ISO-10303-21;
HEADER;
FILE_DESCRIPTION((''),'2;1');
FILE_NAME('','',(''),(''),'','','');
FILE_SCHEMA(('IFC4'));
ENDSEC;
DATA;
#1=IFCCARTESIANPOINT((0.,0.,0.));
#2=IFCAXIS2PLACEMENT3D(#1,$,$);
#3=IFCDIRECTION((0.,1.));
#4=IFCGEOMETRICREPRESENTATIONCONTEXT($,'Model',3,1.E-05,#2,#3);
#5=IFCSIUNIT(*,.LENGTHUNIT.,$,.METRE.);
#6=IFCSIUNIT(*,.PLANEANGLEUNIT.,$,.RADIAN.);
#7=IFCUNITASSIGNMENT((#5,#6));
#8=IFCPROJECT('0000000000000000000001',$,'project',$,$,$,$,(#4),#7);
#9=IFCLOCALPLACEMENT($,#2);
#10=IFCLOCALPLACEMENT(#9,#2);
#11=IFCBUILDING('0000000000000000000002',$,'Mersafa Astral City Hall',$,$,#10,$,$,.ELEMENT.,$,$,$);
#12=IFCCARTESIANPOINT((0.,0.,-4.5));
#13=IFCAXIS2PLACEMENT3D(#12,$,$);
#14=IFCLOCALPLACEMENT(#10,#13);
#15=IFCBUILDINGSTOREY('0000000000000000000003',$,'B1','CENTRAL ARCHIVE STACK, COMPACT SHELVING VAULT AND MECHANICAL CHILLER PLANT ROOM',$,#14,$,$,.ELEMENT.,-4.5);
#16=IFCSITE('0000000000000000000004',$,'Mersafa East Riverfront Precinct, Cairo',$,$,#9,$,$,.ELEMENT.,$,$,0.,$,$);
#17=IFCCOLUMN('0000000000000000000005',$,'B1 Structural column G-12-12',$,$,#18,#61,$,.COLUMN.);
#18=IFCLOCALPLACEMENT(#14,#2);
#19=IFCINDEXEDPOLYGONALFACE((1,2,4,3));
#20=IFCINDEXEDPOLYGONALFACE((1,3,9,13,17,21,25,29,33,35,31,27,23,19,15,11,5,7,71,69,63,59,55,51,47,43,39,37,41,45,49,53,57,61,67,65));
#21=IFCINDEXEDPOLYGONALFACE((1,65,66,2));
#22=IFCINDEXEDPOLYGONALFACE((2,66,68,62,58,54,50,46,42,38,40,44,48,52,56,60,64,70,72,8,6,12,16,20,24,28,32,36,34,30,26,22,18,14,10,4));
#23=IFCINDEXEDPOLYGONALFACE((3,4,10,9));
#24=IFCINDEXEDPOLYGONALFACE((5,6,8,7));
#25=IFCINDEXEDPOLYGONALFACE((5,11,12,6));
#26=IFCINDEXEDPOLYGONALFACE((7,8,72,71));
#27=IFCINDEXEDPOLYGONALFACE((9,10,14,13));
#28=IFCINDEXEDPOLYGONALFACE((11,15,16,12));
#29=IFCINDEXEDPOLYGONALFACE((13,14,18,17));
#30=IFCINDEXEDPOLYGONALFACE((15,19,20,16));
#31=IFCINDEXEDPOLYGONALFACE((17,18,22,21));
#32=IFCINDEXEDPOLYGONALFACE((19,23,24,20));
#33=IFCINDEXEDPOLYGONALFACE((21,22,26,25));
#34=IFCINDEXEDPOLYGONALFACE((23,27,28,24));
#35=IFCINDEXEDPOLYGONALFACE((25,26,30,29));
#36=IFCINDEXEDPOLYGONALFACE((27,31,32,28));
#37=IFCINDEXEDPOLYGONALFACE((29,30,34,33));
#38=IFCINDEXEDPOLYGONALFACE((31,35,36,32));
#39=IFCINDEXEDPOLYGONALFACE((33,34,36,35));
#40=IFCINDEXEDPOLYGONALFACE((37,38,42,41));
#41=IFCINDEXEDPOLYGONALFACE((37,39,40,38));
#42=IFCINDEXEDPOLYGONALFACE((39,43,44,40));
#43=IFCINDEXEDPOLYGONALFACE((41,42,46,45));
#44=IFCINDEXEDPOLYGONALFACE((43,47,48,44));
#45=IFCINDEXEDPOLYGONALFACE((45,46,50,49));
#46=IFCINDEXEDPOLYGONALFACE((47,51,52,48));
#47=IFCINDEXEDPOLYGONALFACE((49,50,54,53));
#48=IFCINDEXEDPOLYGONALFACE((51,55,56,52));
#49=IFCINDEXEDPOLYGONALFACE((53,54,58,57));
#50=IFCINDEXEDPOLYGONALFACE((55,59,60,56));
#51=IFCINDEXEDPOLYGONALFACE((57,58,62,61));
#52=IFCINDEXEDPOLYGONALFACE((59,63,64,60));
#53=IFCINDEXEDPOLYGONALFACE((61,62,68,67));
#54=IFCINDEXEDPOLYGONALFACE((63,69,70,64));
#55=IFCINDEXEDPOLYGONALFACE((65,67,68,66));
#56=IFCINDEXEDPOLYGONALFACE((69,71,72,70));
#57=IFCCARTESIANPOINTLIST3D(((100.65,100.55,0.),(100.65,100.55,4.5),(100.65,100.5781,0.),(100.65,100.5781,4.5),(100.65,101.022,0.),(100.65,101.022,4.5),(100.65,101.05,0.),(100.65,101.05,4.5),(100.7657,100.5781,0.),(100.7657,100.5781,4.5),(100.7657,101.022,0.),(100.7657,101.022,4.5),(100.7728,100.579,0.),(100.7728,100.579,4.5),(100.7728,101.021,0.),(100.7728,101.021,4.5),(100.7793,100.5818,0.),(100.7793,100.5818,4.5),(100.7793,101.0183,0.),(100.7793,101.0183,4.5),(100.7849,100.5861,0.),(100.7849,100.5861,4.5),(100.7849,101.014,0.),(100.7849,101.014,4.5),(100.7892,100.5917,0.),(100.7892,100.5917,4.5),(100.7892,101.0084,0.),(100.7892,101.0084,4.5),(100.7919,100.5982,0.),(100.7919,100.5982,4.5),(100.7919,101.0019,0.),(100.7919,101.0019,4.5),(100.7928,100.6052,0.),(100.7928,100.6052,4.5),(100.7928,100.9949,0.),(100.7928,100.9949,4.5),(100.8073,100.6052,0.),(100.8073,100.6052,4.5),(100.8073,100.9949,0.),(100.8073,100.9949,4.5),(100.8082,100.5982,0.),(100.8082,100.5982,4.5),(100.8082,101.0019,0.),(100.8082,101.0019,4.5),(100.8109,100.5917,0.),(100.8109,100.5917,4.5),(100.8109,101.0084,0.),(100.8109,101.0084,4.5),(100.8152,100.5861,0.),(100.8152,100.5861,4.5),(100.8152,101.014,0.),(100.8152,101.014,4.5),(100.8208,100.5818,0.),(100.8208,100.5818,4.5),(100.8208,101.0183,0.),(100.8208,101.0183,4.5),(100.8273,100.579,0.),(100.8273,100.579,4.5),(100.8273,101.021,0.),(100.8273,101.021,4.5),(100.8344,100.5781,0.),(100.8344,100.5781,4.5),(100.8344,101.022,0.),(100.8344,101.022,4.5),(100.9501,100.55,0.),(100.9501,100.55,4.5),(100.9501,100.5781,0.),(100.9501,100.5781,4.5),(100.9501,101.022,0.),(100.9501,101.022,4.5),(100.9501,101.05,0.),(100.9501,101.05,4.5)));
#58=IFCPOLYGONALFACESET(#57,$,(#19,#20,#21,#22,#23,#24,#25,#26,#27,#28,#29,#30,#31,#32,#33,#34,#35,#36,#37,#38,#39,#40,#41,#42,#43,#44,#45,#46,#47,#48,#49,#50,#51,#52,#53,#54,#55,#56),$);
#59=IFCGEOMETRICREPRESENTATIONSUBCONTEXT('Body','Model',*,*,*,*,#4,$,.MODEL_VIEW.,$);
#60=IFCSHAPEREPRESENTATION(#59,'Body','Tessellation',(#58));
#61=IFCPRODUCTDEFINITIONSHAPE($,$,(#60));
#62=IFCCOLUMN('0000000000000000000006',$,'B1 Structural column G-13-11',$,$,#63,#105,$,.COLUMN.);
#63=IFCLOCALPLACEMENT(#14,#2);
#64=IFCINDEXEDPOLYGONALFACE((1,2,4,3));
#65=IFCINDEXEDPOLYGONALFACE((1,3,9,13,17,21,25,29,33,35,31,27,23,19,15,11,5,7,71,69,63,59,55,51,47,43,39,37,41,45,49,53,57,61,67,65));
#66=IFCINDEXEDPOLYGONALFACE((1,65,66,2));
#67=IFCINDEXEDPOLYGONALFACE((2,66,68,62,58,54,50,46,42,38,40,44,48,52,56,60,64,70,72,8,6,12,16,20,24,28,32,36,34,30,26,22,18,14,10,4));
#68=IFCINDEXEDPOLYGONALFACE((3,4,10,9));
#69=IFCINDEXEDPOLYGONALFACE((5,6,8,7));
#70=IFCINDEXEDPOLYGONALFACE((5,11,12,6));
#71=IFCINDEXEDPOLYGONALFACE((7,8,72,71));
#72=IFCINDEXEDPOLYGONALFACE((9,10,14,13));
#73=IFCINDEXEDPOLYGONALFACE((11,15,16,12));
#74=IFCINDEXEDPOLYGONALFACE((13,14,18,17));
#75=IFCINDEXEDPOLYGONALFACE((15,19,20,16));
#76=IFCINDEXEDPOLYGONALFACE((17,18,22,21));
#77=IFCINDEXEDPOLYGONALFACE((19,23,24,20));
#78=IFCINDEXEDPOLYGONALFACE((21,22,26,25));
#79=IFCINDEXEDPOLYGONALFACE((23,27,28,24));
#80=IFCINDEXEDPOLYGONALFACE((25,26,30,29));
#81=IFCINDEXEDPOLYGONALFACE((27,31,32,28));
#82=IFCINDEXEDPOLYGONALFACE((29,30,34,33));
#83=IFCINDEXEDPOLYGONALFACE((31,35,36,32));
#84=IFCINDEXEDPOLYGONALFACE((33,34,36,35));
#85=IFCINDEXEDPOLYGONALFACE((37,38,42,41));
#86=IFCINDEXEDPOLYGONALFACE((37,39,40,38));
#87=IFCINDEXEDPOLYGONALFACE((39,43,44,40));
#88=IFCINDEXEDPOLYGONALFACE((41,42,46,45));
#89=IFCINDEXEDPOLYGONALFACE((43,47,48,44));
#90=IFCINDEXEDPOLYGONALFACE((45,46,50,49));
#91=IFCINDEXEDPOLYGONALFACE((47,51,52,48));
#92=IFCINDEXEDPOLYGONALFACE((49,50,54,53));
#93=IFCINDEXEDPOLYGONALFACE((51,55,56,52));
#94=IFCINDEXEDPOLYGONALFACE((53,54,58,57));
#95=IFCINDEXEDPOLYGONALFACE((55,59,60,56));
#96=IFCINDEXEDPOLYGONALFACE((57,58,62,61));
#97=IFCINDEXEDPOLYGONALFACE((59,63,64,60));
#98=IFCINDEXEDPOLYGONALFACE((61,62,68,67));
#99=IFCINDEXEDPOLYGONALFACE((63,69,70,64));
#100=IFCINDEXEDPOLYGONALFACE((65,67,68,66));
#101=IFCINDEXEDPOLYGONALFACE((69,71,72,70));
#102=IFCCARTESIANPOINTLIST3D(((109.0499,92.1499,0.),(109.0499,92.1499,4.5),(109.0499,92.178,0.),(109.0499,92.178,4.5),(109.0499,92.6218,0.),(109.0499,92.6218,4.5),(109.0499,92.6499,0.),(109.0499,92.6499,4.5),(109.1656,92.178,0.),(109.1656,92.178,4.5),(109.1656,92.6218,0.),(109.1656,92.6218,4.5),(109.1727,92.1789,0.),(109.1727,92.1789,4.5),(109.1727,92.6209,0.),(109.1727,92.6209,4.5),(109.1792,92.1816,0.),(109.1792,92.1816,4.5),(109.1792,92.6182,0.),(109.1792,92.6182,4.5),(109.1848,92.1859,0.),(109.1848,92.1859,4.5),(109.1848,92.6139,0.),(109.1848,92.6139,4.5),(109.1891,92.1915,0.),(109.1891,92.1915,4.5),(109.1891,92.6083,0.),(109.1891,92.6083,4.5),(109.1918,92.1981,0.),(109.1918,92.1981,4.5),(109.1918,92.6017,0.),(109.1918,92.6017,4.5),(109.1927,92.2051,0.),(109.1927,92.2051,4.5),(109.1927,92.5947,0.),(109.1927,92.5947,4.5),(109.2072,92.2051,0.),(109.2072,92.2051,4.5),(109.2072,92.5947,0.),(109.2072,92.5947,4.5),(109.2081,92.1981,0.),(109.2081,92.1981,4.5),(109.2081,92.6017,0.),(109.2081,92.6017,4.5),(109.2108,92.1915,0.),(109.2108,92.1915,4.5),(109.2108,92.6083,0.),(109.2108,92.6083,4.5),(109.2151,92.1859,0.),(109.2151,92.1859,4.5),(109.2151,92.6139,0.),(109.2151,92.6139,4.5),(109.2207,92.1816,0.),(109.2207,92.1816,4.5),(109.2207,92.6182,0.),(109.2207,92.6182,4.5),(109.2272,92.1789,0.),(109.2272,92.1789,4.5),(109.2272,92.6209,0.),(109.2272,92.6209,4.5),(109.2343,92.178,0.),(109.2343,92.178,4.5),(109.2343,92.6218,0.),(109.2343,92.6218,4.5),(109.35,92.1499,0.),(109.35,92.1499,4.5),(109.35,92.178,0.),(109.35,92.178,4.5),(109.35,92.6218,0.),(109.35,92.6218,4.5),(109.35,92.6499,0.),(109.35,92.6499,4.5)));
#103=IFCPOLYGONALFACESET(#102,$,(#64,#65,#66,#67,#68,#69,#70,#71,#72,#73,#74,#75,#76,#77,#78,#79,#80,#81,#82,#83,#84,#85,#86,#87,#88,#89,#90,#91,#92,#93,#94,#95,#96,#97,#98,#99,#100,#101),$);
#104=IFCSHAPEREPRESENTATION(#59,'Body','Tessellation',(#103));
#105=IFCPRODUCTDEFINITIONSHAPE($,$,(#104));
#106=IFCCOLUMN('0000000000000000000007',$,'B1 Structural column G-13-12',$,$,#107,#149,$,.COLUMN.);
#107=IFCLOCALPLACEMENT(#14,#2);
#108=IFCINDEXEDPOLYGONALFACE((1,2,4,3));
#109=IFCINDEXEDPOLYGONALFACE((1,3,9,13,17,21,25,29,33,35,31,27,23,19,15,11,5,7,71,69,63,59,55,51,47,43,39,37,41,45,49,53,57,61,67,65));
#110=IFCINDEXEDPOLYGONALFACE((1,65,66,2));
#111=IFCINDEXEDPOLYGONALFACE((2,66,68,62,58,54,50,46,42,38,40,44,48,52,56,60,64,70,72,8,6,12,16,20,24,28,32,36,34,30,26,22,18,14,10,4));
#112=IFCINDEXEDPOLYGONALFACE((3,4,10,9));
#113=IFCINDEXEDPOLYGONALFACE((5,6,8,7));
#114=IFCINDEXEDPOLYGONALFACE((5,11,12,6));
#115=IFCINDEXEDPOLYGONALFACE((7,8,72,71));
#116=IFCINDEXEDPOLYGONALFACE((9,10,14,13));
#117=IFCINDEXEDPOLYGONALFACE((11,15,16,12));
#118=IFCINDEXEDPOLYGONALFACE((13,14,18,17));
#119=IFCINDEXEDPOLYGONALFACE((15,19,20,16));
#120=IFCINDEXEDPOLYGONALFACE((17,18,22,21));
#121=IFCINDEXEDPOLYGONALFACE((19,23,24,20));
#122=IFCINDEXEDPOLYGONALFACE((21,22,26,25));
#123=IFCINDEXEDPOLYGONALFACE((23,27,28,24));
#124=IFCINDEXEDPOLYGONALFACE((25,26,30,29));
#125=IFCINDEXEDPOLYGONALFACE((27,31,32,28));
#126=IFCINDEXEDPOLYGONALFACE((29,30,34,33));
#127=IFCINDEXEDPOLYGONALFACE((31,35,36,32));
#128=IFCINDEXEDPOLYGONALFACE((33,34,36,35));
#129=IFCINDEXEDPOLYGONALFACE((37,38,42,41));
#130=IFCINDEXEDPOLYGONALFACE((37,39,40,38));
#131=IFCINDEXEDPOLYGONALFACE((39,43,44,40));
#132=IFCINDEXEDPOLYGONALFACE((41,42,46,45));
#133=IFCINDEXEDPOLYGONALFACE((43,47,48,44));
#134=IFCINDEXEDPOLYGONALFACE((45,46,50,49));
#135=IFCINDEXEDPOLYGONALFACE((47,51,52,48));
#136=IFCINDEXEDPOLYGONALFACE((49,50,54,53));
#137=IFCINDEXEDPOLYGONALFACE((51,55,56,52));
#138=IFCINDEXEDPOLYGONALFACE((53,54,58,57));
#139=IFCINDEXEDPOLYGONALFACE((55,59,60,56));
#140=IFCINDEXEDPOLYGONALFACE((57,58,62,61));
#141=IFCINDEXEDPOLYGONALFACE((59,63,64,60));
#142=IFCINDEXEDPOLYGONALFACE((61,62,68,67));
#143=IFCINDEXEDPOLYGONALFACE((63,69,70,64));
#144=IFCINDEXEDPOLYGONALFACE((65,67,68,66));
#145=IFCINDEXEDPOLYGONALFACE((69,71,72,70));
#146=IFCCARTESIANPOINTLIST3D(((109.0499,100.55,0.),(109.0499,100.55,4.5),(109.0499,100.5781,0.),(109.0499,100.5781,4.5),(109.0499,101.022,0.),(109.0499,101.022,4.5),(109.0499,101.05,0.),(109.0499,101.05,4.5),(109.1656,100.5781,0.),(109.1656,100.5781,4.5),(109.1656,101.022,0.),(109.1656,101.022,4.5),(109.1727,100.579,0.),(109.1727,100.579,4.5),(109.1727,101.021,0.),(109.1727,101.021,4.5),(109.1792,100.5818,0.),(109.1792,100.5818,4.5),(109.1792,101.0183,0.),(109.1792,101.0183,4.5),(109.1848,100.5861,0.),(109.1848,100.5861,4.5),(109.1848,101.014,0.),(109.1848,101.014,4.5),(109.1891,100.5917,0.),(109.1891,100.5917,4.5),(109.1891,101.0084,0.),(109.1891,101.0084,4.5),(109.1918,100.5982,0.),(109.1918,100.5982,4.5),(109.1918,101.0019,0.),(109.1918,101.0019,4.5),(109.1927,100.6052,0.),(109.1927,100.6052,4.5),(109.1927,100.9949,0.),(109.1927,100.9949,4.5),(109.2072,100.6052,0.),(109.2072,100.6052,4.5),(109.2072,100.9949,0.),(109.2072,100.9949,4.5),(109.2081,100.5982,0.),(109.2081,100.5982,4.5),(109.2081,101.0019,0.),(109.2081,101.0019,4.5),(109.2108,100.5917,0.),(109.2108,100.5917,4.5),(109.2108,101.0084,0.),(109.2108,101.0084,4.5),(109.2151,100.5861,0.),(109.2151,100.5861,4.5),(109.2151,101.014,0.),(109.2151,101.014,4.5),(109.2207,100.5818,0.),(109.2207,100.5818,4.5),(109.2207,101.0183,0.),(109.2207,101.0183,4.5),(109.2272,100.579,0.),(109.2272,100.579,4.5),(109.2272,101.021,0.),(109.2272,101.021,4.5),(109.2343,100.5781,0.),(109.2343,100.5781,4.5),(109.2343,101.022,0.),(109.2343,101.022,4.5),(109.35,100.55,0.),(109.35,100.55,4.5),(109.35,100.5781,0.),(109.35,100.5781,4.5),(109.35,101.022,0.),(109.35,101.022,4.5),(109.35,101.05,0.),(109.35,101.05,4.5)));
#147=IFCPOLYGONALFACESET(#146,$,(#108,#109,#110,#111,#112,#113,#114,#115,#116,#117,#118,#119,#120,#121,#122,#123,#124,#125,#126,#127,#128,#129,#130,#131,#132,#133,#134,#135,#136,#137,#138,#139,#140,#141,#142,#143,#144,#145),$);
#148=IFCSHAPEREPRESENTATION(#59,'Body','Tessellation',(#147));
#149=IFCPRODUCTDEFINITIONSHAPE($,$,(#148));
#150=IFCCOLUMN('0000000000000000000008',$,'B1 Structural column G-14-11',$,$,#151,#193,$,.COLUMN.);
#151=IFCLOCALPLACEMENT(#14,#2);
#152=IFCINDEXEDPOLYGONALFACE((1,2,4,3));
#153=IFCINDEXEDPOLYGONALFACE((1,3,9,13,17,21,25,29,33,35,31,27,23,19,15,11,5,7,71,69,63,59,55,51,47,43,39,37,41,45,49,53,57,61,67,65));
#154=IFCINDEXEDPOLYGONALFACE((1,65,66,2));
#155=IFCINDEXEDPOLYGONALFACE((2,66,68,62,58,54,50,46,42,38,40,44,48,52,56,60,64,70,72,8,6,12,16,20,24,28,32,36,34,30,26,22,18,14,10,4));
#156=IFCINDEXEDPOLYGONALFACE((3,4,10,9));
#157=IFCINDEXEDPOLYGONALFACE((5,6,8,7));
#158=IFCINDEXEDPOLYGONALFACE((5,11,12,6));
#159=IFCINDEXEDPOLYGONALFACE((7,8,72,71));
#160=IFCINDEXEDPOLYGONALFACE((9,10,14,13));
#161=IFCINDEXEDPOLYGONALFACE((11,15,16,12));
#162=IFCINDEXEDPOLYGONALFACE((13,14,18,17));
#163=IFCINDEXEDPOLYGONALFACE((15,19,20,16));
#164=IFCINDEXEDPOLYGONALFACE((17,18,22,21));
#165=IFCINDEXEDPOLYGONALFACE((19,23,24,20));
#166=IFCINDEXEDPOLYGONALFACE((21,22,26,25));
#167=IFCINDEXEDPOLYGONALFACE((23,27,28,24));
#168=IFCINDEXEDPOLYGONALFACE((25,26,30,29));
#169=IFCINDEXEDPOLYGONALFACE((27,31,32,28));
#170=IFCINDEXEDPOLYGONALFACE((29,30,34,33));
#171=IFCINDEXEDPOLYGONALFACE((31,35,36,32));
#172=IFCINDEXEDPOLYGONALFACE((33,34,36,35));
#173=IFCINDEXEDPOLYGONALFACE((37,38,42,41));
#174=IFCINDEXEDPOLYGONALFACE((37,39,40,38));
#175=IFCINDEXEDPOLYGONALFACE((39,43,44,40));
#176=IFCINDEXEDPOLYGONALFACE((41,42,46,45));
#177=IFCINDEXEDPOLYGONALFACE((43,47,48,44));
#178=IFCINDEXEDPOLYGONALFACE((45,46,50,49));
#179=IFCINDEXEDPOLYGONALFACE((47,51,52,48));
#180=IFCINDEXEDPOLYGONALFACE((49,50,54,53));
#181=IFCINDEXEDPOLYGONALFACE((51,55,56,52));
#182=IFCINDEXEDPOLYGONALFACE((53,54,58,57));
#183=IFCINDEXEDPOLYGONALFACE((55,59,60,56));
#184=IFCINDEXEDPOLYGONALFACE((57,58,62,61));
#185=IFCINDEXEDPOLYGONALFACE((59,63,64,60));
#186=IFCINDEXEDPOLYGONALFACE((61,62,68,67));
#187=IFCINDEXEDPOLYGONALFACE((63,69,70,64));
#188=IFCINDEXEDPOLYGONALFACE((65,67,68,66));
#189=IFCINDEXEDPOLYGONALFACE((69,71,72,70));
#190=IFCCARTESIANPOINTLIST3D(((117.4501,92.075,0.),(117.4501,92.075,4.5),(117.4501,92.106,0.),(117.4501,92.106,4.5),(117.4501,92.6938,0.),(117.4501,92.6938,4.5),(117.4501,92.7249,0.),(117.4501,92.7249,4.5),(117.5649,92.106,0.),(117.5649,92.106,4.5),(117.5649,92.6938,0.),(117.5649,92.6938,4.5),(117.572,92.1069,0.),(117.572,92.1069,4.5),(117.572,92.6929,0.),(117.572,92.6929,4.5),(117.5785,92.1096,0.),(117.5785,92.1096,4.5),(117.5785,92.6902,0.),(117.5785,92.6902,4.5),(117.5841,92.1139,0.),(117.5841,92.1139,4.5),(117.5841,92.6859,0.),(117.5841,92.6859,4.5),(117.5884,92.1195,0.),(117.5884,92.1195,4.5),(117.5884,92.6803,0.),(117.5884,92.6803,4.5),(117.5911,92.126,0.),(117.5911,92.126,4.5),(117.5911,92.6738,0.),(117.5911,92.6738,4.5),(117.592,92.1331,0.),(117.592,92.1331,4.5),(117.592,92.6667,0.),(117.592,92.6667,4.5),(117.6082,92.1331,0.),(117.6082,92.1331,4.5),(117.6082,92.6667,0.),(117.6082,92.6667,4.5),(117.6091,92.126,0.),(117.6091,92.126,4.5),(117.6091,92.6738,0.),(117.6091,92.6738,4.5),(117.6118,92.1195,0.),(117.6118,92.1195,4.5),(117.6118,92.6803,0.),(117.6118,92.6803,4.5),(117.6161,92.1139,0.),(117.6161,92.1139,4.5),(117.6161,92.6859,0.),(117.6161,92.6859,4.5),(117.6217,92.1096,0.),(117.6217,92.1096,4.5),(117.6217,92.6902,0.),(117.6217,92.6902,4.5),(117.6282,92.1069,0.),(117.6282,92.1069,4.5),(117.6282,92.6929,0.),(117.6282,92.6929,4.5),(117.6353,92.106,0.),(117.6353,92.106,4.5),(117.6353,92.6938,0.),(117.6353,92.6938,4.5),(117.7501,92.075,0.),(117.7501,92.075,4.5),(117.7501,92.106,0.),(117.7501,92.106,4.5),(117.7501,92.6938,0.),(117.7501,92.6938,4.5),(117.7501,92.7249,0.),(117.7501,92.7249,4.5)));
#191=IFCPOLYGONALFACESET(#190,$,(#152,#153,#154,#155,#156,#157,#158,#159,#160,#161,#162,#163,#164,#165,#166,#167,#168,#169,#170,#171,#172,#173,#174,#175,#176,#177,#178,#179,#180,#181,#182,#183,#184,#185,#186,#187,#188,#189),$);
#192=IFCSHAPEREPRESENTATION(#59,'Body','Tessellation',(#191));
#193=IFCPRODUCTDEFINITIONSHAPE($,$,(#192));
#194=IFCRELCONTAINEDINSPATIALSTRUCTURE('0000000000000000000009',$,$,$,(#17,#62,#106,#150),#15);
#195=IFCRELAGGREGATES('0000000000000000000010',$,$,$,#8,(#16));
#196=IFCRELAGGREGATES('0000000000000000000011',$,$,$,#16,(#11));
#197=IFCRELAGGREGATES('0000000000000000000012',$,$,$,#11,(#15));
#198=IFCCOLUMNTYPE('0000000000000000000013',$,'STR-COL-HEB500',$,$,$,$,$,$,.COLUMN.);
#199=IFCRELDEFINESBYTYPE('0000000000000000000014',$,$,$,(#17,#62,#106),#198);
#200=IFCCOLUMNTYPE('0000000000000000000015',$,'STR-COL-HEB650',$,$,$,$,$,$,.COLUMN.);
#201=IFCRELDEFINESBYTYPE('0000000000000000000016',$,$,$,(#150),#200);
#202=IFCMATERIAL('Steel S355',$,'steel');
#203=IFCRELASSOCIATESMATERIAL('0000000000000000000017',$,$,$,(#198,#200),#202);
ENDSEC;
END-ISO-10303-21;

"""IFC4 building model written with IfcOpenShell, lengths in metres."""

from ifc_helpers import new_model, si_unit, direction, frame, origin, origin_2d, place, context, subcontext, project, spatial, i_section, extrude, material, material_profile, profile_set, type_object, element, save


model = new_model("IFC4")

# Units and contexts
model_context = context("Model", 3, precision=1e-05, world=origin(), true_north=direction((0.0, 1.0)))
body_context = subcontext(model_context, "Body", "Model", "MODEL_VIEW")
ifc_project = project(units=[si_unit("LENGTHUNIT", "METRE"), si_unit("PLANEANGLEUNIT", "RADIAN")], contexts=[model_context])

# Site, building, storey
site_placement = place(None, origin())
site = spatial("IfcSite", under=ifc_project, at=site_placement, Name="Mersafa East Riverfront Precinct, Cairo", CompositionType="ELEMENT", RefElevation=0.0)
building_placement = place(site_placement, origin())
building = spatial("IfcBuilding", under=site, at=building_placement, Name="Mersafa Astral City Hall", CompositionType="ELEMENT")
storey_placement = place(building_placement, frame((0.0, 0.0, -4.5)))
storey = spatial("IfcBuildingStorey", under=building, at=storey_placement, Name="B1", Description="CENTRAL ARCHIVE STACK, COMPACT SHELVING VAULT AND MECHANICAL CHILLER PLANT ROOM", CompositionType="ELEMENT", Elevation=-4.5)

# Columns
ifc_material_1 = material(Name="Steel S355", Category="steel")
ifc_material_profile_1 = material_profile(ifc_material_1, i_section(OverallWidth=0.3, OverallDepth=0.5, WebThickness=0.0144, FlangeThickness=0.0281, FilletRadius=0.0271, at=origin_2d()), Name="HEB 500")
ifc_profile_set_1 = profile_set([ifc_material_profile_1], Name="Steel S355")
column_type_1 = type_object("IfcColumnType", Name="STR-COL-HEB500", PredefinedType="COLUMN", material=ifc_profile_set_1)
for number, where, z_axis, x_axis, name in (
    (1, (100.8, 100.8, 0.0), (0.0, 0.0, 1.0), (1.0, 0.0, 0.0), "B1 Structural column G-12-12"),
    (2, (109.2, 92.3999, 0.0), (0.0, 0.0, 1.0), (1.0, 0.0, 0.0), "B1 Structural column G-13-11"),
    (3, (109.2, 100.8, 0.0), (0.0, 0.0, 1.0), (1.0, 0.0, 0.0), "B1 Structural column G-13-12"),
):
    element("IfcColumn", number, at=place(storey_placement, frame(where, z_axis=z_axis, x_axis=x_axis)), inside=storey, type_object=column_type_1, Name=name, PredefinedType="COLUMN", context=body_context, shape_type="SweptSolid", body=[
        extrude(i_section(OverallWidth=0.3, OverallDepth=0.5, WebThickness=0.0144, FlangeThickness=0.0281, FilletRadius=0.0271, at=origin_2d()), origin(), (0.0, 0.0, 1.0), 4.5),
    ])
ifc_material_profile_2 = material_profile(ifc_material_1, i_section(OverallWidth=0.3, OverallDepth=0.6499, WebThickness=0.0161, FlangeThickness=0.031, FilletRadius=0.0271, at=origin_2d()), Name="HEB 650")
ifc_profile_set_2 = profile_set([ifc_material_profile_2], Name="Steel S355")
column_type_2 = type_object("IfcColumnType", Name="STR-COL-HEB650", PredefinedType="COLUMN", material=ifc_profile_set_2)
column_placement = place(storey_placement, frame((117.6001, 92.3999, 0.0), z_axis=(0.0, 0.0, 1.0), x_axis=(1.0, 0.0, 0.0)))
element("IfcColumn", 4, at=column_placement, inside=storey, type_object=column_type_2, Name="B1 Structural column G-14-11", PredefinedType="COLUMN", context=body_context, shape_type="SweptSolid", body=[
    extrude(i_section(OverallWidth=0.3, OverallDepth=0.6499, WebThickness=0.0161, FlangeThickness=0.031, FilletRadius=0.0271, at=origin_2d()), origin(), (0.0, 0.0, 1.0), 4.5),
])

save(model, "model.ifc")
